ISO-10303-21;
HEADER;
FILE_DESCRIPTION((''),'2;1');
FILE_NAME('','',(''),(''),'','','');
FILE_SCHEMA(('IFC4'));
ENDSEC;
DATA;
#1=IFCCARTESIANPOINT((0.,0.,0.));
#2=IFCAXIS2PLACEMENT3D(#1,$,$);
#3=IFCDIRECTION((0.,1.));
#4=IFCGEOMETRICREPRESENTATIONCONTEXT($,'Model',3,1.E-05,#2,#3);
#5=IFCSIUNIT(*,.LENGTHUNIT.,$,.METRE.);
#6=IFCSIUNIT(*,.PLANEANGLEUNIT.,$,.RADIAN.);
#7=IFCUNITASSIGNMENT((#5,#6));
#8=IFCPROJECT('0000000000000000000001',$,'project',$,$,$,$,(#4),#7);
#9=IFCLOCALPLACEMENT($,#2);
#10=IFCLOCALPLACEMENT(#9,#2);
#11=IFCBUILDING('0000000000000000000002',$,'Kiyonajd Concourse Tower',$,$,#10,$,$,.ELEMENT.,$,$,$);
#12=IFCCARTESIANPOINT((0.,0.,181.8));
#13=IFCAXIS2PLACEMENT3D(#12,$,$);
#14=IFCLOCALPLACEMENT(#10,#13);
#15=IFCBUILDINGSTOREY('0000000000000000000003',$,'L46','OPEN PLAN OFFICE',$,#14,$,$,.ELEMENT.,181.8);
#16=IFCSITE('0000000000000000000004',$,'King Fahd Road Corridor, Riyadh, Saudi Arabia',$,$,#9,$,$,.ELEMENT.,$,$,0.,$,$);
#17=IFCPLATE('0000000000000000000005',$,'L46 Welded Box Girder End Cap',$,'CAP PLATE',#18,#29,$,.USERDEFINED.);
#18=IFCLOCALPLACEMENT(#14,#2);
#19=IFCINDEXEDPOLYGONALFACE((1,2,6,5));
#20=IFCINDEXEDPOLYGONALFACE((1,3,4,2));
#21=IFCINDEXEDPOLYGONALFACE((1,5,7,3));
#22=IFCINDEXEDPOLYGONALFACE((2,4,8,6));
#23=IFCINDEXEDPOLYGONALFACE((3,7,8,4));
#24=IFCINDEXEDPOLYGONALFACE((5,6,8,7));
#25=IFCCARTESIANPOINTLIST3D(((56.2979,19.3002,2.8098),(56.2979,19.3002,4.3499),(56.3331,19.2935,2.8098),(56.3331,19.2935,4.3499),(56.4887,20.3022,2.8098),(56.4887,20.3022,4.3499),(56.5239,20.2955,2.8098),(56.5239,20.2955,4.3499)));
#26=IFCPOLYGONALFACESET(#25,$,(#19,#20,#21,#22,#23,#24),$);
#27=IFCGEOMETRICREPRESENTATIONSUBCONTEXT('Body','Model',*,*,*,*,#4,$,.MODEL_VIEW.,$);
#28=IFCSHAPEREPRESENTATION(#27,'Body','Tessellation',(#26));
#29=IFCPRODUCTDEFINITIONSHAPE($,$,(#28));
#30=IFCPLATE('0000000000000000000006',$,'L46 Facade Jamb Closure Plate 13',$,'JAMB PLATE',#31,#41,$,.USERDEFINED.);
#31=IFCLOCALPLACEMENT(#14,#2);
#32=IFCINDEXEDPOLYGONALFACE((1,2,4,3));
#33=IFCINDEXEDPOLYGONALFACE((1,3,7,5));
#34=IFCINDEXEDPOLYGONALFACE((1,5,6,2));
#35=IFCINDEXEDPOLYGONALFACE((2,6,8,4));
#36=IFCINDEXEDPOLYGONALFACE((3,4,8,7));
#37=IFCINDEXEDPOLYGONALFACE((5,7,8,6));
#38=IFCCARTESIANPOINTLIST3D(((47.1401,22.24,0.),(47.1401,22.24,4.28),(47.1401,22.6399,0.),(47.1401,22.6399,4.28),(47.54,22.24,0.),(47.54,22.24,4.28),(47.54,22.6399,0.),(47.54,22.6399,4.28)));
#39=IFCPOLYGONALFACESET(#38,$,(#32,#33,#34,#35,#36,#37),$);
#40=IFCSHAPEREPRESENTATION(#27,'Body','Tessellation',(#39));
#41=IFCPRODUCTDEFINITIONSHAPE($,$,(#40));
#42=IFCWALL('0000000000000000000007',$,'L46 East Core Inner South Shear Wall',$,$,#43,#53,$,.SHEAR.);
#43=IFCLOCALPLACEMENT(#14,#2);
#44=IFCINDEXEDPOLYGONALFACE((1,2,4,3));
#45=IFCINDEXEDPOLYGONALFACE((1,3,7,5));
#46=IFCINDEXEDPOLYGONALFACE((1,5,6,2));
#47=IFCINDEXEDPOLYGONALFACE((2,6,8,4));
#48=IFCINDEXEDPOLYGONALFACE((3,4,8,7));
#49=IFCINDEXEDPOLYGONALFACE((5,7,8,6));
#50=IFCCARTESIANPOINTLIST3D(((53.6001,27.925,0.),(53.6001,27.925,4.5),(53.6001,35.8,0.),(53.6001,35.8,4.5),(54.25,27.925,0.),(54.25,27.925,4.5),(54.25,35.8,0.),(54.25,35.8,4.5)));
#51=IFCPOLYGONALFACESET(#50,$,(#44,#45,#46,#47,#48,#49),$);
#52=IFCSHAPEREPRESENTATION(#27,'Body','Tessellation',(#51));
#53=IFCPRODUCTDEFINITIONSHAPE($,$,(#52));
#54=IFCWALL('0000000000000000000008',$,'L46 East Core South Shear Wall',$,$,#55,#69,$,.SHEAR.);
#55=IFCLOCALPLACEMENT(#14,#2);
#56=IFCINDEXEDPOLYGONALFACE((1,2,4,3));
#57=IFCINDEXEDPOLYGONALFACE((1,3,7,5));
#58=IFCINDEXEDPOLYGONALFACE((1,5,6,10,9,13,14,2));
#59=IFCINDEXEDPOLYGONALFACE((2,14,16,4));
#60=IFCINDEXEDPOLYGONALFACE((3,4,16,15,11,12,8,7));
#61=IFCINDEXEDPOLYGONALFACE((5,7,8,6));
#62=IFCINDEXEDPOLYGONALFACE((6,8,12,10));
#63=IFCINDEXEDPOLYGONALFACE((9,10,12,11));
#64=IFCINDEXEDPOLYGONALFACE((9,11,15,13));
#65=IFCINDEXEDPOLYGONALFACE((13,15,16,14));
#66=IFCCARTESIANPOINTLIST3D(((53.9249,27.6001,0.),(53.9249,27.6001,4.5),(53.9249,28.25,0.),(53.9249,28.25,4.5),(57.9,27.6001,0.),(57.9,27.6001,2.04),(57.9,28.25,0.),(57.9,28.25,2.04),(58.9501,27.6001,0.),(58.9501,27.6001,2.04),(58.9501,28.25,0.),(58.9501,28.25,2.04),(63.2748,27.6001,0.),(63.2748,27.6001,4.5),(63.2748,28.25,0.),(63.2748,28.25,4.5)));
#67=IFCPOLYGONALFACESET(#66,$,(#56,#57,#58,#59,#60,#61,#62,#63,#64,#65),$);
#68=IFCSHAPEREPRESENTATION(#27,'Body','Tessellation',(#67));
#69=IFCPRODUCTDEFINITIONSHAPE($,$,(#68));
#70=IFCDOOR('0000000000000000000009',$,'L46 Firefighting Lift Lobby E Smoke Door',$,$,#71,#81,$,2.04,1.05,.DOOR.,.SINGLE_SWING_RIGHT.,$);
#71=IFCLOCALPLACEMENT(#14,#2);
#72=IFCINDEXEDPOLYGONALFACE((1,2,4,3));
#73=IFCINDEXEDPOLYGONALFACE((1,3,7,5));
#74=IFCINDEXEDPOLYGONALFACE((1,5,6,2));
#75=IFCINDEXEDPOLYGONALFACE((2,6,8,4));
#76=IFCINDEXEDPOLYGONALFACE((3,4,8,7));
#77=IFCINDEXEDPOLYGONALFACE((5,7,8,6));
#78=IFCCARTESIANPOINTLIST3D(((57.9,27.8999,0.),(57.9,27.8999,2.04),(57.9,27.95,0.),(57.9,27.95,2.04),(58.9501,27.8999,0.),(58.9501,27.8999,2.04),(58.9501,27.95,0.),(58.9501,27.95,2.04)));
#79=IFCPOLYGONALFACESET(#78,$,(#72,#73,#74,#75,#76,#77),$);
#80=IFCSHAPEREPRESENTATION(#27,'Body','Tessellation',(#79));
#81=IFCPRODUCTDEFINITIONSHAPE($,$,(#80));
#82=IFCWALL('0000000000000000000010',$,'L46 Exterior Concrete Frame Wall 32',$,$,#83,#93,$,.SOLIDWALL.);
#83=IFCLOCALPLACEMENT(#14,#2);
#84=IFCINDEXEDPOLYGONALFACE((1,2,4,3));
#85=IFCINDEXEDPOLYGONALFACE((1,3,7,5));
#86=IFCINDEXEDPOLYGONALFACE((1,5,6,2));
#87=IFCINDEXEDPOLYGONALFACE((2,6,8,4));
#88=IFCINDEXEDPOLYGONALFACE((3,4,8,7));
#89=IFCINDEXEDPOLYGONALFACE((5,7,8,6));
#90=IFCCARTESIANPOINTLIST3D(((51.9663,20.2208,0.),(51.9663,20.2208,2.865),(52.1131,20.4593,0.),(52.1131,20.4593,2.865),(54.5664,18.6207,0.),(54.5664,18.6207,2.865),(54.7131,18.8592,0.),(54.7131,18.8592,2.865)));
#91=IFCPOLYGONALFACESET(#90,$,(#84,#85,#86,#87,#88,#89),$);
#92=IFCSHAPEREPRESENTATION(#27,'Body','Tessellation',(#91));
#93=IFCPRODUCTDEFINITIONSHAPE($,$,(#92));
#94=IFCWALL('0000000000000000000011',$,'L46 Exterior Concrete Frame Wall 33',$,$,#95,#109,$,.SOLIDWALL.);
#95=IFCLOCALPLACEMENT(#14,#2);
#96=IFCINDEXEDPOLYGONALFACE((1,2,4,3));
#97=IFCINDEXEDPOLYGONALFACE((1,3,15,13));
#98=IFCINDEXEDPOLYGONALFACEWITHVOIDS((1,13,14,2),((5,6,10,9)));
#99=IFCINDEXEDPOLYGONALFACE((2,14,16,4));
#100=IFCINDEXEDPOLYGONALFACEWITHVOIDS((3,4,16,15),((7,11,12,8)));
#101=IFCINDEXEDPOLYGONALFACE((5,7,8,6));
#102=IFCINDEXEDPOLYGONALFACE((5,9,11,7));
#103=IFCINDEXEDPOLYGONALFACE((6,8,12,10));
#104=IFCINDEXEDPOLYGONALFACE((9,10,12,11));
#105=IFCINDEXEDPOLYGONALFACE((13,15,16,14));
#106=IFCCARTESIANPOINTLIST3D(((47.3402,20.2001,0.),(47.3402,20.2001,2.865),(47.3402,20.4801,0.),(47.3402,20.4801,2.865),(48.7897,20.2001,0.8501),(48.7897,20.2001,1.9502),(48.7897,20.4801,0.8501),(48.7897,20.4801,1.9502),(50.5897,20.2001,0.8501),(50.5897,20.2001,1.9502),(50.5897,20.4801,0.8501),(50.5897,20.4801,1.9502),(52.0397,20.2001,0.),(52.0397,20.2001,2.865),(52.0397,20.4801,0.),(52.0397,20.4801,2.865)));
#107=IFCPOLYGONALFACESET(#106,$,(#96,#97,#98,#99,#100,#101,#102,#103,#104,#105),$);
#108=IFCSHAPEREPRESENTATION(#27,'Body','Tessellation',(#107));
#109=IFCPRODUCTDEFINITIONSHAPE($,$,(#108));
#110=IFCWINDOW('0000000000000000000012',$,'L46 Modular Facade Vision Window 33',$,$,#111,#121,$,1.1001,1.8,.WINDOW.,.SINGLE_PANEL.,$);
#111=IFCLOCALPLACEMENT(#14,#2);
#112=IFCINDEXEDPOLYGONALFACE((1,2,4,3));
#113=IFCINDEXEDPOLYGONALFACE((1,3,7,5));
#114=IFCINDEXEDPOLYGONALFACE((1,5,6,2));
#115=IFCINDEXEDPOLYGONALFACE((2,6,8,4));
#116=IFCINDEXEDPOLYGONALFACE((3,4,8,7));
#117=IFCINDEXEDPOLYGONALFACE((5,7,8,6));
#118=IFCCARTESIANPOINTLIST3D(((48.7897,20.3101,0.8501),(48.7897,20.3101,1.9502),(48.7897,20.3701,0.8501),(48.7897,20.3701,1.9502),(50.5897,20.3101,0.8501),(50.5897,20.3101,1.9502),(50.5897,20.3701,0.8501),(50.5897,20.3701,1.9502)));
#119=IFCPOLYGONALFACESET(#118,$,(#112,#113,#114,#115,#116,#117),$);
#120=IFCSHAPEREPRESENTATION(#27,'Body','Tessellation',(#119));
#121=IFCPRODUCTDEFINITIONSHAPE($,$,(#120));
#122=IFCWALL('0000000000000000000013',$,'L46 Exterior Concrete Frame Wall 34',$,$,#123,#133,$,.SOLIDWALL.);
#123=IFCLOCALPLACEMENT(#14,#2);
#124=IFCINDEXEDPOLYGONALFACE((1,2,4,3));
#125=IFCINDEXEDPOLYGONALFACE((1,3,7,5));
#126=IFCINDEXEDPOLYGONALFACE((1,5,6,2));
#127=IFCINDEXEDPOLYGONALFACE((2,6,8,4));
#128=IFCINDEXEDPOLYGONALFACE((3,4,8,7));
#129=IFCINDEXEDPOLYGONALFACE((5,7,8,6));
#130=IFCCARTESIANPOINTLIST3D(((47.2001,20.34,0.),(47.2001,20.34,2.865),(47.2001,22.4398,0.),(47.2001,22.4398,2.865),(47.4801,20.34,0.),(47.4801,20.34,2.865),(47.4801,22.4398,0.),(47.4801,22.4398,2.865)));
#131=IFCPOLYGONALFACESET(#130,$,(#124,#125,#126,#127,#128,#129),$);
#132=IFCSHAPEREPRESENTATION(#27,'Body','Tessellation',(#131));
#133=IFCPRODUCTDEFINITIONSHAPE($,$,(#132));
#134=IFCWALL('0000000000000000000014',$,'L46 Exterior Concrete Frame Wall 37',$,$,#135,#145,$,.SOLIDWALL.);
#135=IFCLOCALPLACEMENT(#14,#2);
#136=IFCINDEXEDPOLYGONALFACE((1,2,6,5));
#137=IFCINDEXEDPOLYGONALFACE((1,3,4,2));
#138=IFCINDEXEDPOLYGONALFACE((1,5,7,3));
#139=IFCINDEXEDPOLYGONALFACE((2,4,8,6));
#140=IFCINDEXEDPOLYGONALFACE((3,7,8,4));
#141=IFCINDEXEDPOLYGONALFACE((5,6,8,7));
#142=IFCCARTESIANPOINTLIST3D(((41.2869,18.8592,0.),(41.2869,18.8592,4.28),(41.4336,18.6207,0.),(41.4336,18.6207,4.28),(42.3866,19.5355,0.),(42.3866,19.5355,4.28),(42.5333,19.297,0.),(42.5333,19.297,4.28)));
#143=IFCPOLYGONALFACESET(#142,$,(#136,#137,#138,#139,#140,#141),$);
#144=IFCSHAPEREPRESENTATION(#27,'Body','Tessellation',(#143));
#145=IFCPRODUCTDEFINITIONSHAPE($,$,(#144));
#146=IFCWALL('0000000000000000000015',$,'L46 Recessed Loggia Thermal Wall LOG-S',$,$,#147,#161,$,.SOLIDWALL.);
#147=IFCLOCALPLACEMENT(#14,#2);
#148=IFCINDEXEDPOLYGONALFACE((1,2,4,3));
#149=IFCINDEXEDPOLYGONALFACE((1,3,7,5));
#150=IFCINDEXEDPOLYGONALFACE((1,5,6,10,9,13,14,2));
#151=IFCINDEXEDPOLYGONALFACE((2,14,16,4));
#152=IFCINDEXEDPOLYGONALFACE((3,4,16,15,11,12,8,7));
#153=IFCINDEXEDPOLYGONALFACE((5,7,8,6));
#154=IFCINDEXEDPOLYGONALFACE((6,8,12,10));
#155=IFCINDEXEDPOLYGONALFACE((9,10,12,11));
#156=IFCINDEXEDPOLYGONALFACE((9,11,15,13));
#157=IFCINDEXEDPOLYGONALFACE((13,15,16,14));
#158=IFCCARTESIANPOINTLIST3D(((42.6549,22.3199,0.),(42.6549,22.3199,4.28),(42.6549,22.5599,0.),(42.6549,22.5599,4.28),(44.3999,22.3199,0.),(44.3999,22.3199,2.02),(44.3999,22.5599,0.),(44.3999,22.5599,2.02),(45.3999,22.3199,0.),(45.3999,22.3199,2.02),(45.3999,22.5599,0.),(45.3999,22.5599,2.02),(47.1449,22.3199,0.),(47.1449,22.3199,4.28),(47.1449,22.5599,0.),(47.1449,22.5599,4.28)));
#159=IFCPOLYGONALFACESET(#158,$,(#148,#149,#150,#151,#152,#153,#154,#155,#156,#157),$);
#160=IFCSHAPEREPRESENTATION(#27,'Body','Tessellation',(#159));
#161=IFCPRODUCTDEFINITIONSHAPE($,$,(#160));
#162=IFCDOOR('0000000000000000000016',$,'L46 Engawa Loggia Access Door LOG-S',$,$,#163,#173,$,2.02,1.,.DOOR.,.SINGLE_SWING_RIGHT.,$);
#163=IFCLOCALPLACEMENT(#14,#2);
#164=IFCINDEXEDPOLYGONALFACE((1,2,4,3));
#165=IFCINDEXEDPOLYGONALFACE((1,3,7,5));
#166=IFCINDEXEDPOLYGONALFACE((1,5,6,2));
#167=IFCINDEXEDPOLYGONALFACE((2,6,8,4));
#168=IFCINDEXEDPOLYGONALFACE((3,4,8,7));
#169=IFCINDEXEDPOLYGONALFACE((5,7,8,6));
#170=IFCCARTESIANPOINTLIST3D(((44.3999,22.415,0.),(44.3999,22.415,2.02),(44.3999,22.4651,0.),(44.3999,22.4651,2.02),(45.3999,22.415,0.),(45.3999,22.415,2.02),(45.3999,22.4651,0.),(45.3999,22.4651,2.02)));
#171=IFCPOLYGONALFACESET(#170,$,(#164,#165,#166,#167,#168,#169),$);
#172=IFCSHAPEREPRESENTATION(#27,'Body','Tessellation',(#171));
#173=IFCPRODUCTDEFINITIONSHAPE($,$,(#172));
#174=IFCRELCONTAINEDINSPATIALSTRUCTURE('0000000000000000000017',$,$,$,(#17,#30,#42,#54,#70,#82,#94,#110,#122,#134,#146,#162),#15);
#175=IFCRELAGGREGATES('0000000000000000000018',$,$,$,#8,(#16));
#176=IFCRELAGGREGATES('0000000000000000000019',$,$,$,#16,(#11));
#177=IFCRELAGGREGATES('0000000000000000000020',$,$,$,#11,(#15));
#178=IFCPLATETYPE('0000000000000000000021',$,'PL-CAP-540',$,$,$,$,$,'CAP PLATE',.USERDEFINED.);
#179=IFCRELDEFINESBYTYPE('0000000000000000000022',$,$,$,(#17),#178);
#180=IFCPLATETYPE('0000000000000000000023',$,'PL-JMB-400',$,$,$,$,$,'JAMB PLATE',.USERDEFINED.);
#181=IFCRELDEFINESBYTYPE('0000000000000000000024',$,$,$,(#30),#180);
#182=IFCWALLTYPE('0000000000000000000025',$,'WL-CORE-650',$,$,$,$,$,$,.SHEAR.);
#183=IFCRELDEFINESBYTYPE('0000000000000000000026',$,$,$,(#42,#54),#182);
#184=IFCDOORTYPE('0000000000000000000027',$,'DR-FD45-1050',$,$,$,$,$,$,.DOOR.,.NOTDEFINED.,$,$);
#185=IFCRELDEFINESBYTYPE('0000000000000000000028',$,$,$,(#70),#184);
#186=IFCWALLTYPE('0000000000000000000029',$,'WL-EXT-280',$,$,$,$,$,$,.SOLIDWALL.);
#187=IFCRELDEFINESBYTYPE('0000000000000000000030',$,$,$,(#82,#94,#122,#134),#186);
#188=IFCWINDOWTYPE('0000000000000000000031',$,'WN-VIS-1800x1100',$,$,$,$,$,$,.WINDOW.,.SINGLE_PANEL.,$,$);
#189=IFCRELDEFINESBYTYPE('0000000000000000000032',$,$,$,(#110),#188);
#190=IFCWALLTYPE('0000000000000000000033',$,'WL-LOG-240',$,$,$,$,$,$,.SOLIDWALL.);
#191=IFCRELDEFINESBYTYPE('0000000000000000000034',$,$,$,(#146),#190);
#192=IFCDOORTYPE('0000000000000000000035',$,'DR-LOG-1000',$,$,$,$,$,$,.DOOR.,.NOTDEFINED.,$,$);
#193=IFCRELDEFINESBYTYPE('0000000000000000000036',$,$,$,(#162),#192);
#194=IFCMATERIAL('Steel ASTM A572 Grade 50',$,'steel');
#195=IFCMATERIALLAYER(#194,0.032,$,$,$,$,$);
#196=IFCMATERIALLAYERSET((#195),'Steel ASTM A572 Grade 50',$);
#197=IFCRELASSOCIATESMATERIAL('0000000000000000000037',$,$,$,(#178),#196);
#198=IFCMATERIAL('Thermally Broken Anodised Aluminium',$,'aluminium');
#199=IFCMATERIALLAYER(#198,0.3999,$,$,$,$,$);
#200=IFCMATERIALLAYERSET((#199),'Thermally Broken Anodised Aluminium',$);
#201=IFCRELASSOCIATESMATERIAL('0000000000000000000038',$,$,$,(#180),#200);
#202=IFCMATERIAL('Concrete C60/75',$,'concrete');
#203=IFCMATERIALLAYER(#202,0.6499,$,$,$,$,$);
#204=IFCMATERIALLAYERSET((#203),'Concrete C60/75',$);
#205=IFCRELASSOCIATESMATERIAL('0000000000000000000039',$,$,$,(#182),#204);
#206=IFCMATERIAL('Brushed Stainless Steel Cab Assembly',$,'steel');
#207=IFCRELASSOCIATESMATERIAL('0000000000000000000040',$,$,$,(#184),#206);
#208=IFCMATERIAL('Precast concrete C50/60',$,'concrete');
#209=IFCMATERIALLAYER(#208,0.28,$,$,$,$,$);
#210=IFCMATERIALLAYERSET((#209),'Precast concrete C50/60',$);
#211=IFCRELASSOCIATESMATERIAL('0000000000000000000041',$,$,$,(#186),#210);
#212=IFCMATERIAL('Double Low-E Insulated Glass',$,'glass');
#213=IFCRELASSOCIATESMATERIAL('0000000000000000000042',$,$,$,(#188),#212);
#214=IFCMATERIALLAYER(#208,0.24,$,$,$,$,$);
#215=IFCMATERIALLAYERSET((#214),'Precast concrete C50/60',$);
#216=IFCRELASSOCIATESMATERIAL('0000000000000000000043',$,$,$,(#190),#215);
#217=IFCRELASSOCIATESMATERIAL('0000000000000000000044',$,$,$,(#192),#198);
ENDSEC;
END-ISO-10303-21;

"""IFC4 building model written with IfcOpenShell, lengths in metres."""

from ifc_helpers import new_model, si_unit, direction, frame, frame_2d, origin, origin_2d, place, context, subcontext, project, spatial, rectangle, extrude, material, layer, layer_set, type_object, element, fill, save


model = new_model("IFC4")

# Units and contexts
model_context = context("Model", 3, precision=1e-05, world=origin(), true_north=direction((0.0, 1.0)))
body_context = subcontext(model_context, "Body", "Model", "MODEL_VIEW")
ifc_project = project(units=[si_unit("LENGTHUNIT", "METRE"), si_unit("PLANEANGLEUNIT", "RADIAN")], contexts=[model_context])

# Site, building, storey
site_placement = place(None, origin())
site = spatial("IfcSite", under=ifc_project, at=site_placement, Name="King Fahd Road Corridor, Riyadh, Saudi Arabia", CompositionType="ELEMENT", RefElevation=0.0)
building_placement = place(site_placement, origin())
building = spatial("IfcBuilding", under=site, at=building_placement, Name="Kiyonajd Concourse Tower", CompositionType="ELEMENT")
storey_placement = place(building_placement, frame((0.0, 0.0, 181.8)))
storey = spatial("IfcBuildingStorey", under=building, at=storey_placement, Name="L46", Description="OPEN PLAN OFFICE", CompositionType="ELEMENT", Elevation=181.8)

# Shared definitions
ifc_material_1 = material(Name="Steel ASTM A572 Grade 50", Category="steel")

# Plates
ifc_layer_1 = layer(ifc_material_1, 0.032)
ifc_layer_set_1 = layer_set([ifc_layer_1], Name="Steel ASTM A572 Grade 50")
plate_type_1 = type_object("IfcPlateType", Name="PL-CAP-540", ElementType="CAP PLATE", PredefinedType="USERDEFINED", material=ifc_layer_set_1)
for number, where, z_axis, x_axis, name in (
    (1, (56.4109, 19.7979, 2.8098), (0.0, 0.0, 1.0), (0.982353, -0.187038, 0.0), "L46 Welded Box Girder End Cap"),
):
    element("IfcPlate", number, at=place(storey_placement, frame(where, z_axis=z_axis, x_axis=x_axis)), inside=storey, type_object=plate_type_1, Name=name, ObjectType="CAP PLATE", PredefinedType="USERDEFINED", context=body_context, shape_type="SweptSolid", body=[
        extrude(rectangle(XDim=0.0359, YDim=1.02, at=origin_2d()), origin(), (0.0, 0.0, 1.0), 1.54),
    ])
ifc_material_2 = material(Name="Thermally Broken Anodised Aluminium", Category="aluminium")
ifc_layer_2 = layer(ifc_material_2, 0.3999)
ifc_layer_set_2 = layer_set([ifc_layer_2], Name="Thermally Broken Anodised Aluminium")
plate_type_2 = type_object("IfcPlateType", Name="PL-JMB-400", ElementType="JAMB PLATE", PredefinedType="USERDEFINED", material=ifc_layer_set_2)
plate_placement = place(storey_placement, frame((47.3401, 22.4399, 0.0), z_axis=(0.0, 0.0, 1.0), x_axis=(1.0, 0.0, 0.0)))
element("IfcPlate", 2, at=plate_placement, inside=storey, type_object=plate_type_2, Name="L46 Facade Jamb Closure Plate 13", ObjectType="JAMB PLATE", PredefinedType="USERDEFINED", context=body_context, shape_type="SweptSolid", body=[
    extrude(rectangle(XDim=0.3999, YDim=0.3999, at=origin_2d()), origin(), (0.0, 0.0, 1.0), 4.28),
])

# Wall
ifc_material_3 = material(Name="Concrete C60/75", Category="concrete")
ifc_layer_3 = layer(ifc_material_3, 0.6499)
ifc_layer_set_3 = layer_set([ifc_layer_3], Name="Concrete C60/75")
wall_type_1 = type_object("IfcWallType", Name="WL-CORE-650", PredefinedType="SHEAR", material=ifc_layer_set_3)
wall_1_placement = place(storey_placement, frame((53.925, 27.925, 0.0), z_axis=(0.0, 0.0, 1.0), x_axis=(0.0, 1.0, 0.0)))
element("IfcWall", 3, at=wall_1_placement, inside=storey, type_object=wall_type_1, Name="L46 East Core Inner South Shear Wall", PredefinedType="SHEAR", context=body_context, shape_type="SweptSolid", body=[
    extrude(rectangle(XDim=7.875, YDim=0.6499, at=frame_2d((3.9375, 0.0))), origin(), (0.0, 0.0, 1.0), 4.5),
])

# Wall, opening, door
wall_2_placement = place(storey_placement, frame((53.925, 27.925, 0.0), z_axis=(0.0, 0.0, 1.0), x_axis=(1.0, 0.0, 0.0)))
wall_2 = element("IfcWall", 4, at=wall_2_placement, inside=storey, type_object=wall_type_1, Name="L46 East Core South Shear Wall", PredefinedType="SHEAR", context=body_context, shape_type="SweptSolid", body=[
    extrude(rectangle(XDim=9.3499, YDim=0.6499, at=frame_2d((4.6748, 0.0))), origin(), (0.0, 0.0, 1.0), 4.5),
])
opening_1_placement = place(wall_2_placement, frame((3.9751, 0.0, 0.0)))
opening_1 = element("IfcOpeningElement", 5, at=opening_1_placement, cuts=wall_2, PredefinedType="OPENING", context=body_context, shape_type="SweptSolid", body=[
    extrude(rectangle(XDim=1.05, YDim=2.04, at=frame_2d((0.5249, 1.02))), frame((0.0, 0.335, 0.0), z_axis=(0.0, -1.0, 0.0), x_axis=(1.0, 0.0, 0.0)), (0.0, 0.0, 1.0), 0.6699),
])
ifc_material_4 = material(Name="Brushed Stainless Steel Cab Assembly", Category="steel")
door_type_1 = type_object("IfcDoorType", Name="DR-FD45-1050", OperationType="NOTDEFINED", PredefinedType="DOOR", material=ifc_material_4)
door_1_placement = place(opening_1_placement, origin())
door_1 = element("IfcDoor", 6, at=door_1_placement, inside=storey, type_object=door_type_1, Name="L46 Firefighting Lift Lobby E Smoke Door", OperationType="SINGLE_SWING_RIGHT", OverallHeight=2.04, OverallWidth=1.05, PredefinedType="DOOR", context=body_context, shape_type="SweptSolid", body=[
    extrude(rectangle(XDim=1.05, YDim=2.04, at=frame_2d((0.5249, 1.02))), frame((0.0, 0.0249, 0.0), z_axis=(0.0, -1.0, 0.0), x_axis=(1.0, 0.0, 0.0)), (0.0, 0.0, 1.0), 0.05),
])
fill(opening_1, door_1)

# Wall
ifc_material_5 = material(Name="Precast concrete C50/60", Category="concrete")
ifc_layer_4 = layer(ifc_material_5, 0.28)
ifc_layer_set_4 = layer_set([ifc_layer_4], Name="Precast concrete C50/60")
wall_type_2 = type_object("IfcWallType", Name="WL-EXT-280", PredefinedType="SOLIDWALL", material=ifc_layer_set_4)
wall_3_placement = place(storey_placement, frame((54.6396, 18.74, 0.0), z_axis=(0.0, 0.0, 1.0), x_axis=(-0.851653, 0.524106, 0.0)))
element("IfcWall", 7, at=wall_3_placement, inside=storey, type_object=wall_type_2, Name="L46 Exterior Concrete Frame Wall 32", PredefinedType="SOLIDWALL", context=body_context, shape_type="SweptSolid", body=[
    extrude(rectangle(XDim=3.053, YDim=0.28, at=frame_2d((1.5264, 0.0))), origin(), (0.0, 0.0, 1.0), 2.865),
])

# Wall, opening, window
wall_4_placement = place(storey_placement, frame((52.0396, 20.3401, 0.0), z_axis=(0.0, 0.0, 1.0), x_axis=(-1.0, 0.0, 0.0)))
wall_4 = element("IfcWall", 8, at=wall_4_placement, inside=storey, type_object=wall_type_2, Name="L46 Exterior Concrete Frame Wall 33", PredefinedType="SOLIDWALL", context=body_context, shape_type="SweptSolid", body=[
    extrude(rectangle(XDim=4.6995, YDim=0.28, at=frame_2d((2.3496, 0.0))), origin(), (0.0, 0.0, 1.0), 2.865),
])
opening_2_placement = place(wall_4_placement, frame((1.45, 0.0, 0.8501)))
opening_2 = element("IfcOpeningElement", 9, at=opening_2_placement, cuts=wall_4, PredefinedType="OPENING", context=body_context, shape_type="SweptSolid", body=[
    extrude(rectangle(XDim=1.8, YDim=1.1001, at=frame_2d((0.8999, 0.55))), frame((0.0, 0.1499, 0.0), z_axis=(0.0, -1.0, 0.0), x_axis=(1.0, 0.0, 0.0)), (0.0, 0.0, 1.0), 0.3),
])
ifc_material_6 = material(Name="Double Low-E Insulated Glass", Category="glass")
window_type = type_object("IfcWindowType", Name="WN-VIS-1800x1100", PartitioningType="SINGLE_PANEL", PredefinedType="WINDOW", material=ifc_material_6)
window_placement = place(opening_2_placement, origin())
window = element("IfcWindow", 10, at=window_placement, inside=storey, type_object=window_type, Name="L46 Modular Facade Vision Window 33", OverallHeight=1.1001, OverallWidth=1.8, PartitioningType="SINGLE_PANEL", PredefinedType="WINDOW", context=body_context, shape_type="SweptSolid", body=[
    extrude(rectangle(XDim=1.8, YDim=1.1001, at=frame_2d((0.8999, 0.55))), frame((0.0, 0.03, 0.0), z_axis=(0.0, -1.0, 0.0), x_axis=(1.0, 0.0, 0.0)), (0.0, 0.0, 1.0), 0.0601),
])
fill(opening_2, window)

# Walls
wall_5_placement = place(storey_placement, frame((47.3401, 20.3401, 0.0), z_axis=(0.0, 0.0, 1.0), x_axis=(0.0, 1.0, 0.0)))
element("IfcWall", 11, at=wall_5_placement, inside=storey, type_object=wall_type_2, Name="L46 Exterior Concrete Frame Wall 34", PredefinedType="SOLIDWALL", context=body_context, shape_type="SweptSolid", body=[
    extrude(rectangle(XDim=2.0999, YDim=0.28, at=frame_2d((1.0498, 0.0))), origin(), (0.0, 0.0, 1.0), 2.865),
])
wall_6_placement = place(storey_placement, frame((42.46, 19.4163, 0.0), z_axis=(0.0, 0.0, 1.0), x_axis=(-0.851801, -0.523865, 0.0)))
element("IfcWall", 12, at=wall_6_placement, inside=storey, type_object=wall_type_2, Name="L46 Exterior Concrete Frame Wall 37", PredefinedType="SOLIDWALL", context=body_context, shape_type="SweptSolid", body=[
    extrude(rectangle(XDim=1.291, YDim=0.28, at=frame_2d((0.6455, 0.0))), origin(), (0.0, 0.0, 1.0), 4.28),
])

# Wall, opening, door
ifc_layer_5 = layer(ifc_material_5, 0.24)
ifc_layer_set_5 = layer_set([ifc_layer_5], Name="Precast concrete C50/60")
wall_type_3 = type_object("IfcWallType", Name="WL-LOG-240", PredefinedType="SOLIDWALL", material=ifc_layer_set_5)
wall_7_placement = place(storey_placement, frame((47.145, 22.4399, 0.0), z_axis=(0.0, 0.0, 1.0), x_axis=(-1.0, 0.0, 0.0)))
wall_7 = element("IfcWall", 13, at=wall_7_placement, inside=storey, type_object=wall_type_3, Name="L46 Recessed Loggia Thermal Wall LOG-S", PredefinedType="SOLIDWALL", context=body_context, shape_type="SweptSolid", body=[
    extrude(rectangle(XDim=4.49, YDim=0.24, at=frame_2d((2.2451, 0.0))), origin(), (0.0, 0.0, 1.0), 4.28),
])
opening_3_placement = place(wall_7_placement, frame((1.7451, 0.0, 0.0)))
opening_3 = element("IfcOpeningElement", 14, at=opening_3_placement, cuts=wall_7, PredefinedType="OPENING", context=body_context, shape_type="SweptSolid", body=[
    extrude(rectangle(XDim=1.0, YDim=2.02, at=frame_2d((0.5, 1.01))), frame((0.0, 0.1299, 0.0), z_axis=(0.0, -1.0, 0.0), x_axis=(1.0, 0.0, 0.0)), (0.0, 0.0, 1.0), 0.26),
])
door_type_2 = type_object("IfcDoorType", Name="DR-LOG-1000", OperationType="NOTDEFINED", PredefinedType="DOOR", material=ifc_material_2)
door_2_placement = place(opening_3_placement, origin())
door_2 = element("IfcDoor", 15, at=door_2_placement, inside=storey, type_object=door_type_2, Name="L46 Engawa Loggia Access Door LOG-S", OperationType="SINGLE_SWING_RIGHT", OverallHeight=2.02, OverallWidth=1.0, PredefinedType="DOOR", context=body_context, shape_type="SweptSolid", body=[
    extrude(rectangle(XDim=1.0, YDim=2.02, at=frame_2d((0.5, 1.01))), frame((0.0, 0.0249, 0.0), z_axis=(0.0, -1.0, 0.0), x_axis=(1.0, 0.0, 0.0)), (0.0, 0.0, 1.0), 0.05),
])
fill(opening_3, door_2)

save(model, "model.ifc")
